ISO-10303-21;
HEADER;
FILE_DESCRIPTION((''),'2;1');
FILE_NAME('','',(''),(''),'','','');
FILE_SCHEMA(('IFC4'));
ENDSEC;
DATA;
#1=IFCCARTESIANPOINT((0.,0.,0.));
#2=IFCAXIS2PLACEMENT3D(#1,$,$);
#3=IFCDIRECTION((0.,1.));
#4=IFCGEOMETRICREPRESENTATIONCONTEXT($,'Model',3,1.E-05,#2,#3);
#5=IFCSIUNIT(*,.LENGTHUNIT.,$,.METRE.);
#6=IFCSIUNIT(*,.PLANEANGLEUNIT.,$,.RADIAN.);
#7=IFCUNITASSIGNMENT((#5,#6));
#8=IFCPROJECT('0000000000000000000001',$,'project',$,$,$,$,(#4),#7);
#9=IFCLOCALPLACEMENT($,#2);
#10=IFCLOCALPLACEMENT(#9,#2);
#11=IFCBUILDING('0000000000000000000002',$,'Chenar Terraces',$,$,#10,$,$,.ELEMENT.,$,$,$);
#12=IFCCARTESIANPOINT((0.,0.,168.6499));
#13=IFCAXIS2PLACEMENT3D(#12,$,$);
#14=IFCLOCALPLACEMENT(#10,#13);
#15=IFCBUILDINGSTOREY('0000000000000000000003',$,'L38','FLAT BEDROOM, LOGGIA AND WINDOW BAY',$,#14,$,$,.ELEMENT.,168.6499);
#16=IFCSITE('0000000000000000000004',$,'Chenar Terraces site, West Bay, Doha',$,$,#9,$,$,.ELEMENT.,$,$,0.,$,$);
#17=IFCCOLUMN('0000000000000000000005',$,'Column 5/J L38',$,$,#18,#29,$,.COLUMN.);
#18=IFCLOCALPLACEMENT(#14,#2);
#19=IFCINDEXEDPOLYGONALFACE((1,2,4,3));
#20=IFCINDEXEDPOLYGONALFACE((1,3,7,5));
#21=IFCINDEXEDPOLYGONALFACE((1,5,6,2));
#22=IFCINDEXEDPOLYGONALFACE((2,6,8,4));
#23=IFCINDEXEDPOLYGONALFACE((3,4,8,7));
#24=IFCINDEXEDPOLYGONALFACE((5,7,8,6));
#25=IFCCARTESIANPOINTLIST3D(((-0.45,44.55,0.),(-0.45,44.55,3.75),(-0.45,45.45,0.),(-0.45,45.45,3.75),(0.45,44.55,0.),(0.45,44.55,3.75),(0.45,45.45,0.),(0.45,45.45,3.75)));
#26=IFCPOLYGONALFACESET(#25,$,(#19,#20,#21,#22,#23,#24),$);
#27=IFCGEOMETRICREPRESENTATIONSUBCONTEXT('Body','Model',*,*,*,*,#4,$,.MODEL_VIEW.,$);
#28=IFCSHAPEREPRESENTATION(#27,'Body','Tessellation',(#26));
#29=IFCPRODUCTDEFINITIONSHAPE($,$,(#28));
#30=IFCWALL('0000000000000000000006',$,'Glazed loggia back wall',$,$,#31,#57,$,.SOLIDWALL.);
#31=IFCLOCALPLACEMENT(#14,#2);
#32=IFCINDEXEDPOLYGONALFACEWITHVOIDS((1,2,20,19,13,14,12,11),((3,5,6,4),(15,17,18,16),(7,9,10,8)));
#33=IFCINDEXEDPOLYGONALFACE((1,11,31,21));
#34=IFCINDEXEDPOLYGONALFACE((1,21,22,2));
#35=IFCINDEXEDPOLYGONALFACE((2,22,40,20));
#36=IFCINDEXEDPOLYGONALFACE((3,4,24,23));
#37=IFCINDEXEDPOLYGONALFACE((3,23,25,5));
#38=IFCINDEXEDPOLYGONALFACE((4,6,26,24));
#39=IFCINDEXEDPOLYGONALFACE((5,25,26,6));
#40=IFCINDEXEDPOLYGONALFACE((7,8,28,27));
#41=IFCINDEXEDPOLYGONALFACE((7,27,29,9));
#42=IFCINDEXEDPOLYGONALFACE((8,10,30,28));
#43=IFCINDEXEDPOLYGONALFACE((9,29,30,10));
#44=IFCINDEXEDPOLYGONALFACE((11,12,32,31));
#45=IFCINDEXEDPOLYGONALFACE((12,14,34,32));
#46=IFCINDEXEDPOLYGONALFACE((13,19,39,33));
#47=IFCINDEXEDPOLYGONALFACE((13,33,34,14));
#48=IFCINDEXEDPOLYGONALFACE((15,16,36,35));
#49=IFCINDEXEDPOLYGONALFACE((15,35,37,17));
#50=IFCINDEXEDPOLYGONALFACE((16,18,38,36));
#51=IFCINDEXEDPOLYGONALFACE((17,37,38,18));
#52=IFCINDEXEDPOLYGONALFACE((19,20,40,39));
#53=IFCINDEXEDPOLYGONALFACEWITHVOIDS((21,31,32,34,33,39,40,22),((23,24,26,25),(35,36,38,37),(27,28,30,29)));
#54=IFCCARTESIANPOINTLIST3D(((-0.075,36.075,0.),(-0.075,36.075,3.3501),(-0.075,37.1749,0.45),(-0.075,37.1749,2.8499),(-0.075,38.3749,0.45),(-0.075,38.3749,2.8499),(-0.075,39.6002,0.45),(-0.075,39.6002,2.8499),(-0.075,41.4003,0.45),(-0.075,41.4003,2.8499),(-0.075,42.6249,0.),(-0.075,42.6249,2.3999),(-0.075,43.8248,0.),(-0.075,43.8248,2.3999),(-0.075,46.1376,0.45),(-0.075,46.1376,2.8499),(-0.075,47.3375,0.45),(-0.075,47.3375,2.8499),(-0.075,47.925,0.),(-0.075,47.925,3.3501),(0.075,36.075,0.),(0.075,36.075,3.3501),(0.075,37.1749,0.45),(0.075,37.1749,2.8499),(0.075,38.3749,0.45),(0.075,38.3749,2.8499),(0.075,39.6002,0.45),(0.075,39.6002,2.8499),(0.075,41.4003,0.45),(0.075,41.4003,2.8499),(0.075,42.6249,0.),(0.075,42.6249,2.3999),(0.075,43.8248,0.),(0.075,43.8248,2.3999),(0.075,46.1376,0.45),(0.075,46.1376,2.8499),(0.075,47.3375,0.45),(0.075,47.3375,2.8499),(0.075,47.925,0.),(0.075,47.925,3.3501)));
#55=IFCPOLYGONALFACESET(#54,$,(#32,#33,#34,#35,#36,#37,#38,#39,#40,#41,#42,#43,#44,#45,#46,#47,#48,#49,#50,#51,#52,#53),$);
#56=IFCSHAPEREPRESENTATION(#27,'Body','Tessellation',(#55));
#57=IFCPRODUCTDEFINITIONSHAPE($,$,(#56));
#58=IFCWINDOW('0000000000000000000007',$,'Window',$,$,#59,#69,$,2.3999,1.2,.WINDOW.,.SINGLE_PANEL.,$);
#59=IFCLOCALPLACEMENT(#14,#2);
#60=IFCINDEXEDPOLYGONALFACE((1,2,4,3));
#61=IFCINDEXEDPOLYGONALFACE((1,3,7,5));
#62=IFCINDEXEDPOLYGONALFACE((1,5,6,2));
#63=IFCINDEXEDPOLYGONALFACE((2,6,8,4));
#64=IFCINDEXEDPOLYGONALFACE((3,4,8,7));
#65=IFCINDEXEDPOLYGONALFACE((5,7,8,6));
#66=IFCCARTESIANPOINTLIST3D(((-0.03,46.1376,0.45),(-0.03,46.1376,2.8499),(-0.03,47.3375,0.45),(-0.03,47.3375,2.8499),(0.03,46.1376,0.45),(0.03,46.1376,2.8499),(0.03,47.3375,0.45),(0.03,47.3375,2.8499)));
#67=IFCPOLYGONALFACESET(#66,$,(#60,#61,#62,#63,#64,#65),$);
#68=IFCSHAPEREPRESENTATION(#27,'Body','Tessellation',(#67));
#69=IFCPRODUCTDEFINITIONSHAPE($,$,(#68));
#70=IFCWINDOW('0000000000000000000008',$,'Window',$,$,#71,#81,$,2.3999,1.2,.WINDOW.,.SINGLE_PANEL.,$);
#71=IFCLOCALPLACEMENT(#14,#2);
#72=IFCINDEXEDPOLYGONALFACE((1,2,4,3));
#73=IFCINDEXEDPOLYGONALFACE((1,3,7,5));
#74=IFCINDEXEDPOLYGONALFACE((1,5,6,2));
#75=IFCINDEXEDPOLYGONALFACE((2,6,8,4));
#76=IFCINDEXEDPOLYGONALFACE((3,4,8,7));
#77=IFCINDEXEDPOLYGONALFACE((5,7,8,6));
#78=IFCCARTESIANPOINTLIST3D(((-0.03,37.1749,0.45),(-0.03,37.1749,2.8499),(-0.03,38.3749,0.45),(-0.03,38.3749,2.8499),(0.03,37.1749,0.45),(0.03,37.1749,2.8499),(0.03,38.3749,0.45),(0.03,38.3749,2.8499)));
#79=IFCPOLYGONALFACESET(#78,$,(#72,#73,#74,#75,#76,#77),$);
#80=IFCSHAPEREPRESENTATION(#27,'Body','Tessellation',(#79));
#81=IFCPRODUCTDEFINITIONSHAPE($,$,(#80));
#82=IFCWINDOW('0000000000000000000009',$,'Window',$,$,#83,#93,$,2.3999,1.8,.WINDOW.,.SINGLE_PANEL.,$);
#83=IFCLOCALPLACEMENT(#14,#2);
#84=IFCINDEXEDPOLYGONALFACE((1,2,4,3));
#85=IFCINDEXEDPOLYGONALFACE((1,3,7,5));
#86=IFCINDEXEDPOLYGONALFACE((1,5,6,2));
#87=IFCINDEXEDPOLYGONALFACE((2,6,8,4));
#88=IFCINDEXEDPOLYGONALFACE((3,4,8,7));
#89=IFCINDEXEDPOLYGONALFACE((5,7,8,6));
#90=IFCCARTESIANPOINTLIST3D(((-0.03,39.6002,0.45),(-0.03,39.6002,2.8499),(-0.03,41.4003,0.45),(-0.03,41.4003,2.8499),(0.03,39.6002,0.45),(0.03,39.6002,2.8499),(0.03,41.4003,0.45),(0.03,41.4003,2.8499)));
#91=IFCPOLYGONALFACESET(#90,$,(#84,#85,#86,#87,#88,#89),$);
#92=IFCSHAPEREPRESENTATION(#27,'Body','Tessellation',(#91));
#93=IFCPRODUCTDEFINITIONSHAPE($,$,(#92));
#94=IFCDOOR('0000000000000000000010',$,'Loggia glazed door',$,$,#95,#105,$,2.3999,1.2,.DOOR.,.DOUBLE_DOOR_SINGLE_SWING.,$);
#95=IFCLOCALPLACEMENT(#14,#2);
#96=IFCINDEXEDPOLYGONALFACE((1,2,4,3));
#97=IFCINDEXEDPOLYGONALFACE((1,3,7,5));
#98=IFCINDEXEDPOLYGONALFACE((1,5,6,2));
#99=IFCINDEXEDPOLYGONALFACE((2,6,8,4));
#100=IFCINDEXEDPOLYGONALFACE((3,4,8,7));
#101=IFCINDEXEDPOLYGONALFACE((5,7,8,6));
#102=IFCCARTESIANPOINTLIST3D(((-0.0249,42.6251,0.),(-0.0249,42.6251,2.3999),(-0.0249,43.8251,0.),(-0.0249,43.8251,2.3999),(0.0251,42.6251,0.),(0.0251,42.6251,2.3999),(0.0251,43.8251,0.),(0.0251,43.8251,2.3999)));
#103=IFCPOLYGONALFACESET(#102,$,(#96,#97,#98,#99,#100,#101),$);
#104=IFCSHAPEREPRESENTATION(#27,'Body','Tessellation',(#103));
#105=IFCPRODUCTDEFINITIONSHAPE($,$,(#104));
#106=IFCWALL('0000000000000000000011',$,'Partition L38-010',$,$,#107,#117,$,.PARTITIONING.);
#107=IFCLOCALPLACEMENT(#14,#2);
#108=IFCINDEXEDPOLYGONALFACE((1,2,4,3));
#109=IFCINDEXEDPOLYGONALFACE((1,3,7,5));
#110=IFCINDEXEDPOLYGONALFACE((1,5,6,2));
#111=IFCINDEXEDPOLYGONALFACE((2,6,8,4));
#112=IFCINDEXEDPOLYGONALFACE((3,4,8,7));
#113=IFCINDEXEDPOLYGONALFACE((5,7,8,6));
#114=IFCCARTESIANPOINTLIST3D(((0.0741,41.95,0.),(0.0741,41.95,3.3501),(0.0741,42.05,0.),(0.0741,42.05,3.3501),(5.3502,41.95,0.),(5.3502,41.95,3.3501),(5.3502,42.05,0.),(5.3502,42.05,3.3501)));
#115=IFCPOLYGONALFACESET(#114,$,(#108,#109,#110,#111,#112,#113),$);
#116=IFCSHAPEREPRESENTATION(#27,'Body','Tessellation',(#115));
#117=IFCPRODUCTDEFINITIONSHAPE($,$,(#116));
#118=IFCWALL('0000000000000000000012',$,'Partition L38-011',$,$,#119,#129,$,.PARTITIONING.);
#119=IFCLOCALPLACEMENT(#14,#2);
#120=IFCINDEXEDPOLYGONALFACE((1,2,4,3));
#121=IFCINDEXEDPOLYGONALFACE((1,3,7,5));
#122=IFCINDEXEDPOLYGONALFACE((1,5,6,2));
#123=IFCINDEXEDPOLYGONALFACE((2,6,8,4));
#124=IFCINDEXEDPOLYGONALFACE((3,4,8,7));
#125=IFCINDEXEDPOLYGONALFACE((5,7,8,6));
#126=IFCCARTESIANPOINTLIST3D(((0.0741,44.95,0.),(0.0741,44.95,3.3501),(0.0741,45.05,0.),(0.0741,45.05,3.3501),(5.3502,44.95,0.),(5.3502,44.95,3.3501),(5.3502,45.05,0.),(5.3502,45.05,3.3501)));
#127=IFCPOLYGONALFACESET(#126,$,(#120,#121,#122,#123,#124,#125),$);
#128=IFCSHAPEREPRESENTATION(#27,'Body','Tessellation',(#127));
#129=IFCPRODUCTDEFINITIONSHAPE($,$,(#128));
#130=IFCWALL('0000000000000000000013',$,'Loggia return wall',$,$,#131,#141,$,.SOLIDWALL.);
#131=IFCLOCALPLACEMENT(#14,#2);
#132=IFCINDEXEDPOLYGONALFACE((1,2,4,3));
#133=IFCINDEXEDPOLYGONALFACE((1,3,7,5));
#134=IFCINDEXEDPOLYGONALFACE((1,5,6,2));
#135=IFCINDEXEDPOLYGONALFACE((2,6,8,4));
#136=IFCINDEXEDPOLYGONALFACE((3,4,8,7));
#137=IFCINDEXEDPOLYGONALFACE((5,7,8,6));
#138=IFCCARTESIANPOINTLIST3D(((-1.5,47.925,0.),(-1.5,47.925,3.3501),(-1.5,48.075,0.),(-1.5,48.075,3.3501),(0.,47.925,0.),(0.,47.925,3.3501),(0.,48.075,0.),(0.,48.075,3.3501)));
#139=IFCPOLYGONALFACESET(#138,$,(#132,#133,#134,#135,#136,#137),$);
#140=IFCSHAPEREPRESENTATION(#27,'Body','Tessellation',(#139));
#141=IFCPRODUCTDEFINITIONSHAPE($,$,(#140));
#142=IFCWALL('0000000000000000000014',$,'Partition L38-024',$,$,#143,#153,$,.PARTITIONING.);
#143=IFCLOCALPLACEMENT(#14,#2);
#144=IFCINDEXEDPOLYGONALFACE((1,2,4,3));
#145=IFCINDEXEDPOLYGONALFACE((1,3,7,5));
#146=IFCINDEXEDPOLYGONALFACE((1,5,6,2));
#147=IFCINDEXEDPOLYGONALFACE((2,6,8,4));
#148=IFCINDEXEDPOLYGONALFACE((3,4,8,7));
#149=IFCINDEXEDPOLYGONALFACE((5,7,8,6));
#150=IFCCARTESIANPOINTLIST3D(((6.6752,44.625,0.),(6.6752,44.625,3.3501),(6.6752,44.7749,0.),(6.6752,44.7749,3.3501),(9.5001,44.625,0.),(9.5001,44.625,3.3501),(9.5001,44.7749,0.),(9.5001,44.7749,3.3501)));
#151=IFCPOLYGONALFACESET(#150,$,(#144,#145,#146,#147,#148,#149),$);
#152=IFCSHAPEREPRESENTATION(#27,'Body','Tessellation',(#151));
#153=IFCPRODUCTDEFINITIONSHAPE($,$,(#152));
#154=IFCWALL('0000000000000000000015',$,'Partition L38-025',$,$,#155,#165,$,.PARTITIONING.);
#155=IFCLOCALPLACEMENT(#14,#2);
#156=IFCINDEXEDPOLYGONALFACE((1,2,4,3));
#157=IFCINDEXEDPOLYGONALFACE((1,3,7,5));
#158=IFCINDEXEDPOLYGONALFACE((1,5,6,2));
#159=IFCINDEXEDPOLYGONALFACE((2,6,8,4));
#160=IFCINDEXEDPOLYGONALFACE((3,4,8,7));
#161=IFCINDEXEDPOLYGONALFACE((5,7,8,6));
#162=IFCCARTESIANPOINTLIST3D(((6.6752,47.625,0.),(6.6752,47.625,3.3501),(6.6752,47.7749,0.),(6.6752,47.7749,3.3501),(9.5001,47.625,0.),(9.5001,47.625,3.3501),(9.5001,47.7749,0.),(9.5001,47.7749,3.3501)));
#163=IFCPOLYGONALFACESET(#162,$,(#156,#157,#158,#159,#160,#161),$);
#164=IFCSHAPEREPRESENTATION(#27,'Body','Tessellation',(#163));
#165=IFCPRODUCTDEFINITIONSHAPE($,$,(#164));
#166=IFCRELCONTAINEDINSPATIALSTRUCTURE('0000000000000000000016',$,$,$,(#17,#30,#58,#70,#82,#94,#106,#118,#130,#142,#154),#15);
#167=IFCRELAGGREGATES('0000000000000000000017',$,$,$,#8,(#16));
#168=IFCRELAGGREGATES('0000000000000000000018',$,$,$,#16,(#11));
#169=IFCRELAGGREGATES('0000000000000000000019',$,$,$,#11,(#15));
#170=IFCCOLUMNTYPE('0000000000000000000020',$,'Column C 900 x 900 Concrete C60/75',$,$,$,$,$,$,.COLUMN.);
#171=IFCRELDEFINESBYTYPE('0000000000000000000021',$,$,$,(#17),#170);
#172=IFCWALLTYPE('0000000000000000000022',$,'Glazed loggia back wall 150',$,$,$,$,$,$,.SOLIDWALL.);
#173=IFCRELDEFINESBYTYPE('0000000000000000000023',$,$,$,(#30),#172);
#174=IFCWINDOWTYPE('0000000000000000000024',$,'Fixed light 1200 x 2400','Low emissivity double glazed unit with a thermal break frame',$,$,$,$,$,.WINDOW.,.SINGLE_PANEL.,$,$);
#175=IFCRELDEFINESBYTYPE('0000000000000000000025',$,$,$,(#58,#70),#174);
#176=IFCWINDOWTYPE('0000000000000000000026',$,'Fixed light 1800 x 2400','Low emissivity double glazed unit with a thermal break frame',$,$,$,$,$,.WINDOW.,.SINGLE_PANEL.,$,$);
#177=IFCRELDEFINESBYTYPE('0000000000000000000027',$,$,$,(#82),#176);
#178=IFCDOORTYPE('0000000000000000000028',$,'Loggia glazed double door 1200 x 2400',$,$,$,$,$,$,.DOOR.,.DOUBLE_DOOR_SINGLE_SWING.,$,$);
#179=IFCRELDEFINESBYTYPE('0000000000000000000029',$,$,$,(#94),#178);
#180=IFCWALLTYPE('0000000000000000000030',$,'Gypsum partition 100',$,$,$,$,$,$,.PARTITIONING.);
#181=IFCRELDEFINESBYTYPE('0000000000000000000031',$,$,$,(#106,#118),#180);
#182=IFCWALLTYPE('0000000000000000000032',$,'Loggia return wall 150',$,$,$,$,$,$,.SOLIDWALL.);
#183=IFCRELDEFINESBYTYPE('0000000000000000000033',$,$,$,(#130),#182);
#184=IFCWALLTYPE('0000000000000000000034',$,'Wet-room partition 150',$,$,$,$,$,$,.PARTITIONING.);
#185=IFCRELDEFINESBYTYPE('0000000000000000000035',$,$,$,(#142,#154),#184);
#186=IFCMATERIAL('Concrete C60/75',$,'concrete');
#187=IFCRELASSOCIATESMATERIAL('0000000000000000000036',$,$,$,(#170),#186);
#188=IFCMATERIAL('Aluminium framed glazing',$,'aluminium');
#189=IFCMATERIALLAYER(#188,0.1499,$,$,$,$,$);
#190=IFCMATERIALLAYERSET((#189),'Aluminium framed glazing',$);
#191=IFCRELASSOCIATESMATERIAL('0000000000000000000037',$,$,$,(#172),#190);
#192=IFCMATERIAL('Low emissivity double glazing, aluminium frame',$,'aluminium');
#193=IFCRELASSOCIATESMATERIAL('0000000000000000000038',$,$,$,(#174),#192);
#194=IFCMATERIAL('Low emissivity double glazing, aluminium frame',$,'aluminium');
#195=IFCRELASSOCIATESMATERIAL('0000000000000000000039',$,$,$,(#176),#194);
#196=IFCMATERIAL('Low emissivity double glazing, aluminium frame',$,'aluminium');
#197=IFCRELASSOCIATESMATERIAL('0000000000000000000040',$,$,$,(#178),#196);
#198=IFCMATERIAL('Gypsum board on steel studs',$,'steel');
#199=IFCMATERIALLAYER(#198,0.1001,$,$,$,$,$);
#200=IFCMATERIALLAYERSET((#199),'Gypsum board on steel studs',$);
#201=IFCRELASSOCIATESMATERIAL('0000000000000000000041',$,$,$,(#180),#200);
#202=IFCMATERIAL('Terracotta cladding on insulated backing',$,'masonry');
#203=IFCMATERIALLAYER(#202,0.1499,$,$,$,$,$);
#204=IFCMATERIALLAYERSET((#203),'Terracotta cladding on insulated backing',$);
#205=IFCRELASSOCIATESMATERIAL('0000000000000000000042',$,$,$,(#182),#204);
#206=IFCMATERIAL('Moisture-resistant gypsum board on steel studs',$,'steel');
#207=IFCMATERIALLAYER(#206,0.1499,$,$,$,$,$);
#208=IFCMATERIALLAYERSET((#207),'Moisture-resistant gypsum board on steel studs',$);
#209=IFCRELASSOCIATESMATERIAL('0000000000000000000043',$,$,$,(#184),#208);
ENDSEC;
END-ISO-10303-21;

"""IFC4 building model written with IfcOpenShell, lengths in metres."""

from ifc_helpers import new_model, si_unit, direction, frame, frame_2d, origin, origin_2d, place, context, subcontext, project, spatial, rectangle, extrude, material, layer, layer_set, material_profile, profile_set, type_object, element, fill, save


model = new_model("IFC4")

# Units and contexts
model_context = context("Model", 3, precision=1e-05, world=origin(), true_north=direction((0.0, 1.0)))
body_context = subcontext(model_context, "Body", "Model", "MODEL_VIEW")
ifc_project = project(units=[si_unit("LENGTHUNIT", "METRE"), si_unit("PLANEANGLEUNIT", "RADIAN")], contexts=[model_context])

# Site, building, storey
site_placement = place(None, origin())
site = spatial("IfcSite", under=ifc_project, at=site_placement, Name="Chenar Terraces site, West Bay, Doha", CompositionType="ELEMENT", RefElevation=0.0)
building_placement = place(site_placement, origin())
building = spatial("IfcBuilding", under=site, at=building_placement, Name="Chenar Terraces", CompositionType="ELEMENT")
storey_placement = place(building_placement, frame((0.0, 0.0, 168.6499)))
storey = spatial("IfcBuildingStorey", under=building, at=storey_placement, Name="L38", Description="FLAT BEDROOM, LOGGIA AND WINDOW BAY", CompositionType="ELEMENT", Elevation=168.6499)

# Column
ifc_material_1 = material(Name="Concrete C60/75", Category="concrete")
ifc_material_profile = material_profile(ifc_material_1, rectangle(XDim=0.8999, YDim=0.8999, at=origin_2d()), Name="C 900 x 900")
ifc_profile_set = profile_set([ifc_material_profile], Name="Concrete C60/75")
column_type = type_object("IfcColumnType", Name="Column C 900 x 900 Concrete C60/75", PredefinedType="COLUMN", material=ifc_profile_set)
column_placement = place(storey_placement, frame((0.0, 45.0, 0.0), z_axis=(0.0, 0.0, 1.0), x_axis=(1.0, 0.0, 0.0)))
element("IfcColumn", 1, at=column_placement, inside=storey, type_object=column_type, Name="Column 5/J L38", PredefinedType="COLUMN", context=body_context, shape_type="SweptSolid", body=[
    extrude(rectangle(XDim=0.8999, YDim=0.8999, at=origin_2d()), origin(), (0.0, 0.0, 1.0), 3.75),
])

# Wall, openings, windows, door
ifc_material_2 = material(Name="Aluminium framed glazing", Category="aluminium")
ifc_layer_1 = layer(ifc_material_2, 0.1499)
ifc_layer_set_1 = layer_set([ifc_layer_1], Name="Aluminium framed glazing")
wall_type_1 = type_object("IfcWallType", Name="Glazed loggia back wall 150", PredefinedType="SOLIDWALL", material=ifc_layer_set_1)
wall_1_placement = place(storey_placement, frame((0.0, 47.925, 0.0), z_axis=(0.0, 0.0, 1.0), x_axis=(0.0, -1.0, 0.0)))
wall_1 = element("IfcWall", 2, at=wall_1_placement, inside=storey, type_object=wall_type_1, Name="Glazed loggia back wall", PredefinedType="SOLIDWALL", context=body_context, shape_type="SweptSolid", body=[
    extrude(rectangle(XDim=11.8501, YDim=0.1499, at=frame_2d((5.925, 0.0))), origin(), (0.0, 0.0, 1.0), 3.3501),
])
opening_1_placement = place(wall_1_placement, frame((0.5874, 0.0, 0.45)))
opening_1 = element("IfcOpeningElement", 3, at=opening_1_placement, cuts=wall_1, PredefinedType="OPENING", context=body_context, shape_type="SweptSolid", body=[
    extrude(rectangle(XDim=1.2, YDim=2.3999, at=frame_2d((0.6001, 1.2))), frame((0.0, 0.085, 0.0), z_axis=(0.0, -1.0, 0.0), x_axis=(1.0, 0.0, 0.0)), (0.0, 0.0, 1.0), 0.1699),
])
opening_2_placement = place(wall_1_placement, frame((4.1001, 0.0, 0.0)))
opening_2 = element("IfcOpeningElement", 4, at=opening_2_placement, cuts=wall_1, PredefinedType="OPENING", context=body_context, shape_type="SweptSolid", body=[
    extrude(rectangle(XDim=1.2, YDim=2.3999, at=frame_2d((0.6001, 1.2))), frame((0.0, 0.085, 0.0), z_axis=(0.0, -1.0, 0.0), x_axis=(1.0, 0.0, 0.0)), (0.0, 0.0, 1.0), 0.1699),
])
opening_3_placement = place(wall_1_placement, frame((6.5249, 0.0, 0.45)))
opening_3 = element("IfcOpeningElement", 5, at=opening_3_placement, cuts=wall_1, PredefinedType="OPENING", context=body_context, shape_type="SweptSolid", body=[
    extrude(rectangle(XDim=1.8, YDim=2.3999, at=frame_2d((0.8999, 1.2))), frame((0.0, 0.085, 0.0), z_axis=(0.0, -1.0, 0.0), x_axis=(1.0, 0.0, 0.0)), (0.0, 0.0, 1.0), 0.1699),
])
opening_4_placement = place(wall_1_placement, frame((9.55, 0.0, 0.45)))
opening_4 = element("IfcOpeningElement", 6, at=opening_4_placement, cuts=wall_1, PredefinedType="OPENING", context=body_context, shape_type="SweptSolid", body=[
    extrude(rectangle(XDim=1.2, YDim=2.3999, at=frame_2d((0.6001, 1.2))), frame((0.0, 0.085, 0.0), z_axis=(0.0, -1.0, 0.0), x_axis=(1.0, 0.0, 0.0)), (0.0, 0.0, 1.0), 0.1699),
])
ifc_material_3 = material(Name="Low emissivity double glazing, aluminium frame", Category="aluminium")
window_type_1 = type_object("IfcWindowType", Name="Fixed light 1200 x 2400", Description="Low emissivity double glazed unit with a thermal break frame", PartitioningType="SINGLE_PANEL", PredefinedType="WINDOW", material=ifc_material_3)
window_1_placement = place(opening_1_placement, origin())
window_1 = element("IfcWindow", 7, at=window_1_placement, inside=storey, type_object=window_type_1, Name="Window", OverallHeight=2.3999, OverallWidth=1.2, PartitioningType="SINGLE_PANEL", PredefinedType="WINDOW", context=body_context, shape_type="SweptSolid", body=[
    extrude(rectangle(XDim=1.2, YDim=2.3999, at=frame_2d((0.6001, 1.2))), frame((0.0, 0.03, 0.0), z_axis=(0.0, -1.0, 0.0), x_axis=(1.0, 0.0, 0.0)), (0.0, 0.0, 1.0), 0.0601),
])
fill(opening_1, window_1)
window_2_placement = place(opening_4_placement, origin())
window_2 = element("IfcWindow", 8, at=window_2_placement, inside=storey, type_object=window_type_1, Name="Window", OverallHeight=2.3999, OverallWidth=1.2, PartitioningType="SINGLE_PANEL", PredefinedType="WINDOW", context=body_context, shape_type="SweptSolid", body=[
    extrude(rectangle(XDim=1.2, YDim=2.3999, at=frame_2d((0.6001, 1.2))), frame((0.0, 0.03, 0.0), z_axis=(0.0, -1.0, 0.0), x_axis=(1.0, 0.0, 0.0)), (0.0, 0.0, 1.0), 0.0601),
])
fill(opening_4, window_2)
ifc_material_4 = material(Name="Low emissivity double glazing, aluminium frame", Category="aluminium")
window_type_2 = type_object("IfcWindowType", Name="Fixed light 1800 x 2400", Description="Low emissivity double glazed unit with a thermal break frame", PartitioningType="SINGLE_PANEL", PredefinedType="WINDOW", material=ifc_material_4)
window_3_placement = place(opening_3_placement, origin())
window_3 = element("IfcWindow", 9, at=window_3_placement, inside=storey, type_object=window_type_2, Name="Window", OverallHeight=2.3999, OverallWidth=1.8, PartitioningType="SINGLE_PANEL", PredefinedType="WINDOW", context=body_context, shape_type="SweptSolid", body=[
    extrude(rectangle(XDim=1.8, YDim=2.3999, at=frame_2d((0.8999, 1.2))), frame((0.0, 0.03, 0.0), z_axis=(0.0, -1.0, 0.0), x_axis=(1.0, 0.0, 0.0)), (0.0, 0.0, 1.0), 0.0601),
])
fill(opening_3, window_3)
ifc_material_5 = material(Name="Low emissivity double glazing, aluminium frame", Category="aluminium")
door_type = type_object("IfcDoorType", Name="Loggia glazed double door 1200 x 2400", OperationType="DOUBLE_DOOR_SINGLE_SWING", PredefinedType="DOOR", material=ifc_material_5)
door_placement = place(opening_2_placement, frame((1.2, 0.0, 0.0), z_axis=(0.0, 0.0, 1.0), x_axis=(-1.0, 0.0, 0.0)))
door = element("IfcDoor", 10, at=door_placement, inside=storey, type_object=door_type, Name="Loggia glazed door", OperationType="DOUBLE_DOOR_SINGLE_SWING", OverallHeight=2.3999, OverallWidth=1.2, PredefinedType="DOOR", context=body_context, shape_type="SweptSolid", body=[
    extrude(rectangle(XDim=1.2, YDim=2.3999, at=frame_2d((0.6001, 1.2))), frame((0.0, 0.0249, 0.0), z_axis=(0.0, -1.0, 0.0), x_axis=(1.0, 0.0, 0.0)), (0.0, 0.0, 1.0), 0.05),
])
fill(opening_2, door)

# Walls
ifc_material_6 = material(Name="Gypsum board on steel studs", Category="steel")
ifc_layer_2 = layer(ifc_material_6, 0.1001)
ifc_layer_set_2 = layer_set([ifc_layer_2], Name="Gypsum board on steel studs")
wall_type_2 = type_object("IfcWallType", Name="Gypsum partition 100", PredefinedType="PARTITIONING", material=ifc_layer_set_2)
for number, where, z_axis, x_axis, name in (
    (11, (0.074, 42.0, 0.0), (0.0, 0.0, 1.0), (1.0, 0.0, 0.0), "Partition L38-010"),
    (12, (0.074, 45.0, 0.0), (0.0, 0.0, 1.0), (1.0, 0.0, 0.0), "Partition L38-011"),
):
    element("IfcWall", number, at=place(storey_placement, frame(where, z_axis=z_axis, x_axis=x_axis)), inside=storey, type_object=wall_type_2, Name=name, PredefinedType="PARTITIONING", context=body_context, shape_type="SweptSolid", body=[
        extrude(rectangle(XDim=5.2761, YDim=0.1001, at=frame_2d((2.6382, 0.0))), origin(), (0.0, 0.0, 1.0), 3.3501),
    ])
ifc_material_7 = material(Name="Terracotta cladding on insulated backing", Category="masonry")
ifc_layer_3 = layer(ifc_material_7, 0.1499)
ifc_layer_set_3 = layer_set([ifc_layer_3], Name="Terracotta cladding on insulated backing")
wall_type_3 = type_object("IfcWallType", Name="Loggia return wall 150", PredefinedType="SOLIDWALL", material=ifc_layer_set_3)
wall_2_placement = place(storey_placement, frame((-1.5, 48.0, 0.0), z_axis=(0.0, 0.0, 1.0), x_axis=(1.0, 0.0, 0.0)))
element("IfcWall", 13, at=wall_2_placement, inside=storey, type_object=wall_type_3, Name="Loggia return wall", PredefinedType="SOLIDWALL", context=body_context, shape_type="SweptSolid", body=[
    extrude(rectangle(XDim=1.5, YDim=0.1499, at=frame_2d((0.75, 0.0))), origin(), (0.0, 0.0, 1.0), 3.3501),
])
ifc_material_8 = material(Name="Moisture-resistant gypsum board on steel studs", Category="steel")
ifc_layer_4 = layer(ifc_material_8, 0.1499)
ifc_layer_set_4 = layer_set([ifc_layer_4], Name="Moisture-resistant gypsum board on steel studs")
wall_type_4 = type_object("IfcWallType", Name="Wet-room partition 150", PredefinedType="PARTITIONING", material=ifc_layer_set_4)
for number, where, z_axis, x_axis, name in (
    (14, (6.675, 44.7, 0.0), (0.0, 0.0, 1.0), (1.0, 0.0, 0.0), "Partition L38-024"),
    (15, (6.675, 47.7, 0.0), (0.0, 0.0, 1.0), (1.0, 0.0, 0.0), "Partition L38-025"),
):
    element("IfcWall", number, at=place(storey_placement, frame(where, z_axis=z_axis, x_axis=x_axis)), inside=storey, type_object=wall_type_4, Name=name, PredefinedType="PARTITIONING", context=body_context, shape_type="SweptSolid", body=[
        extrude(rectangle(XDim=2.825, YDim=0.1499, at=frame_2d((1.4126, 0.0))), origin(), (0.0, 0.0, 1.0), 3.3501),
    ])

save(model, "model.ifc")
